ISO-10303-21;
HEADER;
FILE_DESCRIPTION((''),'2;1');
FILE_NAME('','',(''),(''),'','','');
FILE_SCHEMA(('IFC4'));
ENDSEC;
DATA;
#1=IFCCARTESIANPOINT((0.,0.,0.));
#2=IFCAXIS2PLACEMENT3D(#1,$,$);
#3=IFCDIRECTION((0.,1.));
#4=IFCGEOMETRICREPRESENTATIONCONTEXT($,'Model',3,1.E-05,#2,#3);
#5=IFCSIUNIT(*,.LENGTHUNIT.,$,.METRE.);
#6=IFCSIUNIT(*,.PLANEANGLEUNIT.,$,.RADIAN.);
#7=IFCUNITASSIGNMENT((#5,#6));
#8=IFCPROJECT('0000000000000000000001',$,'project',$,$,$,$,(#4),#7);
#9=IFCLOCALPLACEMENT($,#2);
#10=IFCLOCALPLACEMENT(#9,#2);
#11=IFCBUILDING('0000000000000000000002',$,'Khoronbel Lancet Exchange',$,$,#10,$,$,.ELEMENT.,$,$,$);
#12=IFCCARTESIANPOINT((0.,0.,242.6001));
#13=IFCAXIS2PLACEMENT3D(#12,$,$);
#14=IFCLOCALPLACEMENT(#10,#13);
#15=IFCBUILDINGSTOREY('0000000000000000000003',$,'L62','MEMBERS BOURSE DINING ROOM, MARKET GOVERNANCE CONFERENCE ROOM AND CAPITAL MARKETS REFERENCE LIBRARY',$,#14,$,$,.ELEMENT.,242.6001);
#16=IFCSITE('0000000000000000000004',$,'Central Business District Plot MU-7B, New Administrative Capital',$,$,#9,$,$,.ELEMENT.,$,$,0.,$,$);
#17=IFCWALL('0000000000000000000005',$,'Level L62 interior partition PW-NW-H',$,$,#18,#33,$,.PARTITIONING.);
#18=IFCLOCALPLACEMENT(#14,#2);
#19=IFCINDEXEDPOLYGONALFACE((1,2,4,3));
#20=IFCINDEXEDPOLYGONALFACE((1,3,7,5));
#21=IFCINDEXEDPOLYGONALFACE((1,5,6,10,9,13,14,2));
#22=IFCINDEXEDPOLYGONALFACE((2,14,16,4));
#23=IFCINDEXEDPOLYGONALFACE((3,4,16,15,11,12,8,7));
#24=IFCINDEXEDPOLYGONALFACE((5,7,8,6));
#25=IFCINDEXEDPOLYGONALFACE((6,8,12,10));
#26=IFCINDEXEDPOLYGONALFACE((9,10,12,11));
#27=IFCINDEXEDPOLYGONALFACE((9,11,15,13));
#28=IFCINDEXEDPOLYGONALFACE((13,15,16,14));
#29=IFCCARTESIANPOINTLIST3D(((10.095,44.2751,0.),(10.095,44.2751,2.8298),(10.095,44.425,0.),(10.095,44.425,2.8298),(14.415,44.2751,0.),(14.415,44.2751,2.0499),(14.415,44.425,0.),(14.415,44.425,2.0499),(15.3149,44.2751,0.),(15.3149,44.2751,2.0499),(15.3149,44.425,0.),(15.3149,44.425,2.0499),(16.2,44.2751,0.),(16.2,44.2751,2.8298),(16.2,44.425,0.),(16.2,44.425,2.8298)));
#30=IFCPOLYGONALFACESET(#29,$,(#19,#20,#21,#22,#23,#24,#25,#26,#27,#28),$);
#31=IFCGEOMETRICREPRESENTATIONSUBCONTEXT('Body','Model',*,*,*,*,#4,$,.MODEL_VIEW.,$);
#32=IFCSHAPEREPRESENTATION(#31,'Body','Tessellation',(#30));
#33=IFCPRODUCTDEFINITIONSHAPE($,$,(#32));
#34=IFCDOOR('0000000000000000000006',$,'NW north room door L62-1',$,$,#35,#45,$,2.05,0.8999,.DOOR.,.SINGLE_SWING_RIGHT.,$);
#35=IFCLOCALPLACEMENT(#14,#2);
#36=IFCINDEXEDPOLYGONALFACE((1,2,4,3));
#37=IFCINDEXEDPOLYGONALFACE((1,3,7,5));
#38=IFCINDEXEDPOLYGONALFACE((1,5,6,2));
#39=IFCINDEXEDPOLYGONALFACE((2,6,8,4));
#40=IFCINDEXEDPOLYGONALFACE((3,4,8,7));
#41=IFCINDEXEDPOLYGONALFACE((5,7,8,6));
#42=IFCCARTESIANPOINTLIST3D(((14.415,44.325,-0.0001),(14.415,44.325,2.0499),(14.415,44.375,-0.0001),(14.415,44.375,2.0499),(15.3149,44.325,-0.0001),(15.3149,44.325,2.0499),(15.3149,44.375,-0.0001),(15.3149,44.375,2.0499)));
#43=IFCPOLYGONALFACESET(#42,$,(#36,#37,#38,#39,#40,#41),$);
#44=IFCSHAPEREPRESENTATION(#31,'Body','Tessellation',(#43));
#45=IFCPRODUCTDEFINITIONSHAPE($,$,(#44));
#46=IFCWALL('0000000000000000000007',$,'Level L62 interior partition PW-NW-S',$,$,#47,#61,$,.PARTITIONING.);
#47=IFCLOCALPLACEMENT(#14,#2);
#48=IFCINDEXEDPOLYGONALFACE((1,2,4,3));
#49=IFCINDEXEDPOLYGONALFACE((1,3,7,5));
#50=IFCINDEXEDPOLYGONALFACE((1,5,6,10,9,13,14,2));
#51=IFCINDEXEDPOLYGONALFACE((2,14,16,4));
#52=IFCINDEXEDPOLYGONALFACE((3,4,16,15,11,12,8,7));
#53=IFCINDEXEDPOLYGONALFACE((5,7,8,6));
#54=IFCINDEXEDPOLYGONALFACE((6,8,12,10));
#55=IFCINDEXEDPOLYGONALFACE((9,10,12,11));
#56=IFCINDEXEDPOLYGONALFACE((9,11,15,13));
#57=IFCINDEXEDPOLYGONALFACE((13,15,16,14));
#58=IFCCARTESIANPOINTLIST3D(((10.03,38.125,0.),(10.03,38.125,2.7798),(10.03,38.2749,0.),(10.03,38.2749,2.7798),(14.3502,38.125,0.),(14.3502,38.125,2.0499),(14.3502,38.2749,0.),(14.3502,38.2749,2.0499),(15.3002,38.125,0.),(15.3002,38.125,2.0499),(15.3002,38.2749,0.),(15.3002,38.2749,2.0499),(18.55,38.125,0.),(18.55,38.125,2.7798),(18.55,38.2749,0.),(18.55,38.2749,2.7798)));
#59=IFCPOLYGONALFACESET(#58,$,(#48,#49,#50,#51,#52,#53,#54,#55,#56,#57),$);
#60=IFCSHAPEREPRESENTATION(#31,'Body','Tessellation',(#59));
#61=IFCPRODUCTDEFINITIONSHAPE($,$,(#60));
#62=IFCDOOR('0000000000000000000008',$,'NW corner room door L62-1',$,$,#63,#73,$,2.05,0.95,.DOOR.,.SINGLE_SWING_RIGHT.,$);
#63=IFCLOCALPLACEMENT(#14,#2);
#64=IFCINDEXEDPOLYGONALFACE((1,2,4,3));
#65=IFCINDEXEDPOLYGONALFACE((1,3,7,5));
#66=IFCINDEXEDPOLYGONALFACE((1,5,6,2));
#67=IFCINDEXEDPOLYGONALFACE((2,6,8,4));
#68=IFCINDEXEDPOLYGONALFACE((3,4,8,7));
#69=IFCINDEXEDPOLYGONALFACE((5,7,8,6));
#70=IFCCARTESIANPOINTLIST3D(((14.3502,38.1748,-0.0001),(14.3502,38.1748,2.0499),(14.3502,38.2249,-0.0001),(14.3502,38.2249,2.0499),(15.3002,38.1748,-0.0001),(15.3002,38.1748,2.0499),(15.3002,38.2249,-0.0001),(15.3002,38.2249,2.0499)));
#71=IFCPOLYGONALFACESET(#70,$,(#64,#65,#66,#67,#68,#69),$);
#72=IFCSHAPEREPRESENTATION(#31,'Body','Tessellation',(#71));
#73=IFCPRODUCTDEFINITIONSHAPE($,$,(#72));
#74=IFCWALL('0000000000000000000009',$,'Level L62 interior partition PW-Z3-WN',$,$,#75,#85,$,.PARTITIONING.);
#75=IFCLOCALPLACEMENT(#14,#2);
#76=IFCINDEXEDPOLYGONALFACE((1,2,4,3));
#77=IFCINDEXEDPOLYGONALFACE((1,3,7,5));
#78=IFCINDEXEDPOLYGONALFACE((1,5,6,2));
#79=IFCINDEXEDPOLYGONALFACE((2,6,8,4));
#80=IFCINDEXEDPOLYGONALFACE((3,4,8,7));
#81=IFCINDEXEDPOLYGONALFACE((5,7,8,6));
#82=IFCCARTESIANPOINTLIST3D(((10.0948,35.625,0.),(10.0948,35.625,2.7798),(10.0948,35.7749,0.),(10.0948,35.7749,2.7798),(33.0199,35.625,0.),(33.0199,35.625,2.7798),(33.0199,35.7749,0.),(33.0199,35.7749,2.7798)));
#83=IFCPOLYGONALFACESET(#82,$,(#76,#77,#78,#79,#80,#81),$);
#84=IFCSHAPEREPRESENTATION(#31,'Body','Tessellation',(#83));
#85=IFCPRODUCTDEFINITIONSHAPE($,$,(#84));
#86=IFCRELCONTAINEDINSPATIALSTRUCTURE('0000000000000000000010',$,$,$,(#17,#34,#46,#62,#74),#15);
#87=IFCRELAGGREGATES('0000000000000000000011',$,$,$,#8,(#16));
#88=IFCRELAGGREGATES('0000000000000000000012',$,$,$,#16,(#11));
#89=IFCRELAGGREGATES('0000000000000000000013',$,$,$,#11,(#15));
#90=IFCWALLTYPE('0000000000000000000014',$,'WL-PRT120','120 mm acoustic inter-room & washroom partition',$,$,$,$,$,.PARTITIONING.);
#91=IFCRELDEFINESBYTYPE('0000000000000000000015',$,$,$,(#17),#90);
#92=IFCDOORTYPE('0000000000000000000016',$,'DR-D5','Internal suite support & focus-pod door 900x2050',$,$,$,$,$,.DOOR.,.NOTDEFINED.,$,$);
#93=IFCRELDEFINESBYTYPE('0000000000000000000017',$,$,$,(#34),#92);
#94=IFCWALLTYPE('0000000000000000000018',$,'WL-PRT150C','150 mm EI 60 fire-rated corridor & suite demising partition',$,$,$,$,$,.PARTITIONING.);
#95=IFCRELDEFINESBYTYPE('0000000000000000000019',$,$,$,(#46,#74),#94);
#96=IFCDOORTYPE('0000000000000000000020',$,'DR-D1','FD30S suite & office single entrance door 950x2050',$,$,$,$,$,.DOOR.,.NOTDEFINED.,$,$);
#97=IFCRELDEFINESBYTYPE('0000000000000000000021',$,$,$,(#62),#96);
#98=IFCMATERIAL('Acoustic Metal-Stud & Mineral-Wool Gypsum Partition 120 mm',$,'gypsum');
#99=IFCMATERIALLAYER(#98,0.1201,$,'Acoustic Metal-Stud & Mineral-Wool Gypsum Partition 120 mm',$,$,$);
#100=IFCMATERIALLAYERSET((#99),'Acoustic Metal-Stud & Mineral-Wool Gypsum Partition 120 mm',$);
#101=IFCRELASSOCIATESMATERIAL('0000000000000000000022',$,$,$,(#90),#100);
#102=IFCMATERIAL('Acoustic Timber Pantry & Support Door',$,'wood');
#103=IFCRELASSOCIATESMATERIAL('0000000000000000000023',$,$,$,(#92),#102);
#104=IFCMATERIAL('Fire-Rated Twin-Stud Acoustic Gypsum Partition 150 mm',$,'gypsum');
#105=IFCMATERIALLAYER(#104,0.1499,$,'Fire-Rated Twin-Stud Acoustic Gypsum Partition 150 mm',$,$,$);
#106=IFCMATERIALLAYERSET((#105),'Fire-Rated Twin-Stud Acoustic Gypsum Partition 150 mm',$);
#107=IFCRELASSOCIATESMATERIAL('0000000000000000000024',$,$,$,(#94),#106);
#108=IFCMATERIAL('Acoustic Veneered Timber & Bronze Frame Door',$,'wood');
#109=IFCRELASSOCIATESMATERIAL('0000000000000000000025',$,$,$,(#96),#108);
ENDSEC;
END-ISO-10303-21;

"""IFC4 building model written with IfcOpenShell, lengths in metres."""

from ifc_helpers import new_model, si_unit, direction, frame, frame_2d, origin, place, context, subcontext, project, spatial, rectangle, extrude, material, layer, layer_set, type_object, element, fill, save


model = new_model("IFC4")

# Units and contexts
model_context = context("Model", 3, precision=1e-05, world=origin(), true_north=direction((0.0, 1.0)))
body_context = subcontext(model_context, "Body", "Model", "MODEL_VIEW")
ifc_project = project(units=[si_unit("LENGTHUNIT", "METRE"), si_unit("PLANEANGLEUNIT", "RADIAN")], contexts=[model_context])

# Site, building, storey
site_placement = place(None, origin())
site = spatial("IfcSite", under=ifc_project, at=site_placement, Name="Central Business District Plot MU-7B, New Administrative Capital", CompositionType="ELEMENT", RefElevation=0.0)
building_placement = place(site_placement, origin())
building = spatial("IfcBuilding", under=site, at=building_placement, Name="Khoronbel Lancet Exchange", CompositionType="ELEMENT")
storey_placement = place(building_placement, frame((0.0, 0.0, 242.6001)))
storey = spatial("IfcBuildingStorey", under=building, at=storey_placement, Name="L62", Description="MEMBERS BOURSE DINING ROOM, MARKET GOVERNANCE CONFERENCE ROOM AND CAPITAL MARKETS REFERENCE LIBRARY", CompositionType="ELEMENT", Elevation=242.6001)

# Walls, openings, doors
ifc_material_1 = material(Name="Acoustic Metal-Stud & Mineral-Wool Gypsum Partition 120 mm", Category="gypsum")
ifc_layer_1 = layer(ifc_material_1, 0.1201, Name="Acoustic Metal-Stud & Mineral-Wool Gypsum Partition 120 mm")
ifc_layer_set_1 = layer_set([ifc_layer_1], Name="Acoustic Metal-Stud & Mineral-Wool Gypsum Partition 120 mm")
wall_type_1 = type_object("IfcWallType", Name="WL-PRT120", Description="120 mm acoustic inter-room & washroom partition", PredefinedType="PARTITIONING", material=ifc_layer_set_1)
wall_1_placement = place(storey_placement, frame((10.095, 44.3501, 0.0), z_axis=(0.0, 0.0, 1.0), x_axis=(1.0, 0.0, 0.0)))
wall_1 = element("IfcWall", 1, at=wall_1_placement, inside=storey, type_object=wall_type_1, Name="Level L62 interior partition PW-NW-H", PredefinedType="PARTITIONING", context=body_context, shape_type="SweptSolid", body=[
    extrude(rectangle(XDim=6.105, YDim=0.1499, at=frame_2d((3.0525, 0.0))), origin(), (0.0, 0.0, 1.0), 2.8298),
])
opening_1_placement = place(wall_1_placement, frame((4.3201, 0.0, 0.0)))
opening_1 = element("IfcOpeningElement", 2, at=opening_1_placement, cuts=wall_1, PredefinedType="OPENING", context=body_context, shape_type="SweptSolid", body=[
    extrude(rectangle(XDim=0.8999, YDim=2.05, at=frame_2d((0.45, 1.0249))), frame((0.0, 0.085, 0.0), z_axis=(0.0, -1.0, 0.0), x_axis=(1.0, 0.0, 0.0)), (0.0, 0.0, 1.0), 0.1699),
])
ifc_material_2 = material(Name="Acoustic Timber Pantry & Support Door", Category="wood")
door_type_1 = type_object("IfcDoorType", Name="DR-D5", Description="Internal suite support & focus-pod door 900x2050", OperationType="NOTDEFINED", PredefinedType="DOOR", material=ifc_material_2)
door_1_placement = place(opening_1_placement, origin())
door_1 = element("IfcDoor", 3, at=door_1_placement, inside=storey, type_object=door_type_1, Name="NW north room door L62-1", OperationType="SINGLE_SWING_RIGHT", OverallHeight=2.05, OverallWidth=0.8999, PredefinedType="DOOR", context=body_context, shape_type="SweptSolid", body=[
    extrude(rectangle(XDim=0.8999, YDim=2.05, at=frame_2d((0.45, 1.0249))), frame((0.0, 0.0249, 0.0), z_axis=(0.0, -1.0, 0.0), x_axis=(1.0, 0.0, 0.0)), (0.0, 0.0, 1.0), 0.05),
])
fill(opening_1, door_1)
ifc_material_3 = material(Name="Fire-Rated Twin-Stud Acoustic Gypsum Partition 150 mm", Category="gypsum")
ifc_layer_2 = layer(ifc_material_3, 0.1499, Name="Fire-Rated Twin-Stud Acoustic Gypsum Partition 150 mm")
ifc_layer_set_2 = layer_set([ifc_layer_2], Name="Fire-Rated Twin-Stud Acoustic Gypsum Partition 150 mm")
wall_type_2 = type_object("IfcWallType", Name="WL-PRT150C", Description="150 mm EI 60 fire-rated corridor & suite demising partition", PredefinedType="PARTITIONING", material=ifc_layer_set_2)
wall_2_placement = place(storey_placement, frame((10.03, 38.2, 0.0), z_axis=(0.0, 0.0, 1.0), x_axis=(1.0, 0.0, 0.0)))
wall_2 = element("IfcWall", 4, at=wall_2_placement, inside=storey, type_object=wall_type_2, Name="Level L62 interior partition PW-NW-S", PredefinedType="PARTITIONING", context=body_context, shape_type="SweptSolid", body=[
    extrude(rectangle(XDim=8.52, YDim=0.1499, at=frame_2d((4.26, 0.0))), origin(), (0.0, 0.0, 1.0), 2.7798),
])
opening_2_placement = place(wall_2_placement, frame((4.3201, 0.0, 0.0)))
opening_2 = element("IfcOpeningElement", 5, at=opening_2_placement, cuts=wall_2, PredefinedType="OPENING", context=body_context, shape_type="SweptSolid", body=[
    extrude(rectangle(XDim=0.95, YDim=2.05, at=frame_2d((0.4751, 1.0249))), frame((0.0, 0.085, 0.0), z_axis=(0.0, -1.0, 0.0), x_axis=(1.0, 0.0, 0.0)), (0.0, 0.0, 1.0), 0.1699),
])
ifc_material_4 = material(Name="Acoustic Veneered Timber & Bronze Frame Door", Category="wood")
door_type_2 = type_object("IfcDoorType", Name="DR-D1", Description="FD30S suite & office single entrance door 950x2050", OperationType="NOTDEFINED", PredefinedType="DOOR", material=ifc_material_4)
door_2_placement = place(opening_2_placement, origin())
door_2 = element("IfcDoor", 6, at=door_2_placement, inside=storey, type_object=door_type_2, Name="NW corner room door L62-1", OperationType="SINGLE_SWING_RIGHT", OverallHeight=2.05, OverallWidth=0.95, PredefinedType="DOOR", context=body_context, shape_type="SweptSolid", body=[
    extrude(rectangle(XDim=0.95, YDim=2.05, at=frame_2d((0.4751, 1.0249))), frame((0.0, 0.0249, 0.0), z_axis=(0.0, -1.0, 0.0), x_axis=(1.0, 0.0, 0.0)), (0.0, 0.0, 1.0), 0.05),
])
fill(opening_2, door_2)

# Wall
wall_3_placement = place(storey_placement, frame((10.095, 35.7, 0.0), z_axis=(0.0, 0.0, 1.0), x_axis=(1.0, 0.0, 0.0)))
element("IfcWall", 7, at=wall_3_placement, inside=storey, type_object=wall_type_2, Name="Level L62 interior partition PW-Z3-WN", PredefinedType="PARTITIONING", context=body_context, shape_type="SweptSolid", body=[
    extrude(rectangle(XDim=22.925, YDim=0.1499, at=frame_2d((11.4624, 0.0))), origin(), (0.0, 0.0, 1.0), 2.7798),
])

save(model, "model.ifc")
